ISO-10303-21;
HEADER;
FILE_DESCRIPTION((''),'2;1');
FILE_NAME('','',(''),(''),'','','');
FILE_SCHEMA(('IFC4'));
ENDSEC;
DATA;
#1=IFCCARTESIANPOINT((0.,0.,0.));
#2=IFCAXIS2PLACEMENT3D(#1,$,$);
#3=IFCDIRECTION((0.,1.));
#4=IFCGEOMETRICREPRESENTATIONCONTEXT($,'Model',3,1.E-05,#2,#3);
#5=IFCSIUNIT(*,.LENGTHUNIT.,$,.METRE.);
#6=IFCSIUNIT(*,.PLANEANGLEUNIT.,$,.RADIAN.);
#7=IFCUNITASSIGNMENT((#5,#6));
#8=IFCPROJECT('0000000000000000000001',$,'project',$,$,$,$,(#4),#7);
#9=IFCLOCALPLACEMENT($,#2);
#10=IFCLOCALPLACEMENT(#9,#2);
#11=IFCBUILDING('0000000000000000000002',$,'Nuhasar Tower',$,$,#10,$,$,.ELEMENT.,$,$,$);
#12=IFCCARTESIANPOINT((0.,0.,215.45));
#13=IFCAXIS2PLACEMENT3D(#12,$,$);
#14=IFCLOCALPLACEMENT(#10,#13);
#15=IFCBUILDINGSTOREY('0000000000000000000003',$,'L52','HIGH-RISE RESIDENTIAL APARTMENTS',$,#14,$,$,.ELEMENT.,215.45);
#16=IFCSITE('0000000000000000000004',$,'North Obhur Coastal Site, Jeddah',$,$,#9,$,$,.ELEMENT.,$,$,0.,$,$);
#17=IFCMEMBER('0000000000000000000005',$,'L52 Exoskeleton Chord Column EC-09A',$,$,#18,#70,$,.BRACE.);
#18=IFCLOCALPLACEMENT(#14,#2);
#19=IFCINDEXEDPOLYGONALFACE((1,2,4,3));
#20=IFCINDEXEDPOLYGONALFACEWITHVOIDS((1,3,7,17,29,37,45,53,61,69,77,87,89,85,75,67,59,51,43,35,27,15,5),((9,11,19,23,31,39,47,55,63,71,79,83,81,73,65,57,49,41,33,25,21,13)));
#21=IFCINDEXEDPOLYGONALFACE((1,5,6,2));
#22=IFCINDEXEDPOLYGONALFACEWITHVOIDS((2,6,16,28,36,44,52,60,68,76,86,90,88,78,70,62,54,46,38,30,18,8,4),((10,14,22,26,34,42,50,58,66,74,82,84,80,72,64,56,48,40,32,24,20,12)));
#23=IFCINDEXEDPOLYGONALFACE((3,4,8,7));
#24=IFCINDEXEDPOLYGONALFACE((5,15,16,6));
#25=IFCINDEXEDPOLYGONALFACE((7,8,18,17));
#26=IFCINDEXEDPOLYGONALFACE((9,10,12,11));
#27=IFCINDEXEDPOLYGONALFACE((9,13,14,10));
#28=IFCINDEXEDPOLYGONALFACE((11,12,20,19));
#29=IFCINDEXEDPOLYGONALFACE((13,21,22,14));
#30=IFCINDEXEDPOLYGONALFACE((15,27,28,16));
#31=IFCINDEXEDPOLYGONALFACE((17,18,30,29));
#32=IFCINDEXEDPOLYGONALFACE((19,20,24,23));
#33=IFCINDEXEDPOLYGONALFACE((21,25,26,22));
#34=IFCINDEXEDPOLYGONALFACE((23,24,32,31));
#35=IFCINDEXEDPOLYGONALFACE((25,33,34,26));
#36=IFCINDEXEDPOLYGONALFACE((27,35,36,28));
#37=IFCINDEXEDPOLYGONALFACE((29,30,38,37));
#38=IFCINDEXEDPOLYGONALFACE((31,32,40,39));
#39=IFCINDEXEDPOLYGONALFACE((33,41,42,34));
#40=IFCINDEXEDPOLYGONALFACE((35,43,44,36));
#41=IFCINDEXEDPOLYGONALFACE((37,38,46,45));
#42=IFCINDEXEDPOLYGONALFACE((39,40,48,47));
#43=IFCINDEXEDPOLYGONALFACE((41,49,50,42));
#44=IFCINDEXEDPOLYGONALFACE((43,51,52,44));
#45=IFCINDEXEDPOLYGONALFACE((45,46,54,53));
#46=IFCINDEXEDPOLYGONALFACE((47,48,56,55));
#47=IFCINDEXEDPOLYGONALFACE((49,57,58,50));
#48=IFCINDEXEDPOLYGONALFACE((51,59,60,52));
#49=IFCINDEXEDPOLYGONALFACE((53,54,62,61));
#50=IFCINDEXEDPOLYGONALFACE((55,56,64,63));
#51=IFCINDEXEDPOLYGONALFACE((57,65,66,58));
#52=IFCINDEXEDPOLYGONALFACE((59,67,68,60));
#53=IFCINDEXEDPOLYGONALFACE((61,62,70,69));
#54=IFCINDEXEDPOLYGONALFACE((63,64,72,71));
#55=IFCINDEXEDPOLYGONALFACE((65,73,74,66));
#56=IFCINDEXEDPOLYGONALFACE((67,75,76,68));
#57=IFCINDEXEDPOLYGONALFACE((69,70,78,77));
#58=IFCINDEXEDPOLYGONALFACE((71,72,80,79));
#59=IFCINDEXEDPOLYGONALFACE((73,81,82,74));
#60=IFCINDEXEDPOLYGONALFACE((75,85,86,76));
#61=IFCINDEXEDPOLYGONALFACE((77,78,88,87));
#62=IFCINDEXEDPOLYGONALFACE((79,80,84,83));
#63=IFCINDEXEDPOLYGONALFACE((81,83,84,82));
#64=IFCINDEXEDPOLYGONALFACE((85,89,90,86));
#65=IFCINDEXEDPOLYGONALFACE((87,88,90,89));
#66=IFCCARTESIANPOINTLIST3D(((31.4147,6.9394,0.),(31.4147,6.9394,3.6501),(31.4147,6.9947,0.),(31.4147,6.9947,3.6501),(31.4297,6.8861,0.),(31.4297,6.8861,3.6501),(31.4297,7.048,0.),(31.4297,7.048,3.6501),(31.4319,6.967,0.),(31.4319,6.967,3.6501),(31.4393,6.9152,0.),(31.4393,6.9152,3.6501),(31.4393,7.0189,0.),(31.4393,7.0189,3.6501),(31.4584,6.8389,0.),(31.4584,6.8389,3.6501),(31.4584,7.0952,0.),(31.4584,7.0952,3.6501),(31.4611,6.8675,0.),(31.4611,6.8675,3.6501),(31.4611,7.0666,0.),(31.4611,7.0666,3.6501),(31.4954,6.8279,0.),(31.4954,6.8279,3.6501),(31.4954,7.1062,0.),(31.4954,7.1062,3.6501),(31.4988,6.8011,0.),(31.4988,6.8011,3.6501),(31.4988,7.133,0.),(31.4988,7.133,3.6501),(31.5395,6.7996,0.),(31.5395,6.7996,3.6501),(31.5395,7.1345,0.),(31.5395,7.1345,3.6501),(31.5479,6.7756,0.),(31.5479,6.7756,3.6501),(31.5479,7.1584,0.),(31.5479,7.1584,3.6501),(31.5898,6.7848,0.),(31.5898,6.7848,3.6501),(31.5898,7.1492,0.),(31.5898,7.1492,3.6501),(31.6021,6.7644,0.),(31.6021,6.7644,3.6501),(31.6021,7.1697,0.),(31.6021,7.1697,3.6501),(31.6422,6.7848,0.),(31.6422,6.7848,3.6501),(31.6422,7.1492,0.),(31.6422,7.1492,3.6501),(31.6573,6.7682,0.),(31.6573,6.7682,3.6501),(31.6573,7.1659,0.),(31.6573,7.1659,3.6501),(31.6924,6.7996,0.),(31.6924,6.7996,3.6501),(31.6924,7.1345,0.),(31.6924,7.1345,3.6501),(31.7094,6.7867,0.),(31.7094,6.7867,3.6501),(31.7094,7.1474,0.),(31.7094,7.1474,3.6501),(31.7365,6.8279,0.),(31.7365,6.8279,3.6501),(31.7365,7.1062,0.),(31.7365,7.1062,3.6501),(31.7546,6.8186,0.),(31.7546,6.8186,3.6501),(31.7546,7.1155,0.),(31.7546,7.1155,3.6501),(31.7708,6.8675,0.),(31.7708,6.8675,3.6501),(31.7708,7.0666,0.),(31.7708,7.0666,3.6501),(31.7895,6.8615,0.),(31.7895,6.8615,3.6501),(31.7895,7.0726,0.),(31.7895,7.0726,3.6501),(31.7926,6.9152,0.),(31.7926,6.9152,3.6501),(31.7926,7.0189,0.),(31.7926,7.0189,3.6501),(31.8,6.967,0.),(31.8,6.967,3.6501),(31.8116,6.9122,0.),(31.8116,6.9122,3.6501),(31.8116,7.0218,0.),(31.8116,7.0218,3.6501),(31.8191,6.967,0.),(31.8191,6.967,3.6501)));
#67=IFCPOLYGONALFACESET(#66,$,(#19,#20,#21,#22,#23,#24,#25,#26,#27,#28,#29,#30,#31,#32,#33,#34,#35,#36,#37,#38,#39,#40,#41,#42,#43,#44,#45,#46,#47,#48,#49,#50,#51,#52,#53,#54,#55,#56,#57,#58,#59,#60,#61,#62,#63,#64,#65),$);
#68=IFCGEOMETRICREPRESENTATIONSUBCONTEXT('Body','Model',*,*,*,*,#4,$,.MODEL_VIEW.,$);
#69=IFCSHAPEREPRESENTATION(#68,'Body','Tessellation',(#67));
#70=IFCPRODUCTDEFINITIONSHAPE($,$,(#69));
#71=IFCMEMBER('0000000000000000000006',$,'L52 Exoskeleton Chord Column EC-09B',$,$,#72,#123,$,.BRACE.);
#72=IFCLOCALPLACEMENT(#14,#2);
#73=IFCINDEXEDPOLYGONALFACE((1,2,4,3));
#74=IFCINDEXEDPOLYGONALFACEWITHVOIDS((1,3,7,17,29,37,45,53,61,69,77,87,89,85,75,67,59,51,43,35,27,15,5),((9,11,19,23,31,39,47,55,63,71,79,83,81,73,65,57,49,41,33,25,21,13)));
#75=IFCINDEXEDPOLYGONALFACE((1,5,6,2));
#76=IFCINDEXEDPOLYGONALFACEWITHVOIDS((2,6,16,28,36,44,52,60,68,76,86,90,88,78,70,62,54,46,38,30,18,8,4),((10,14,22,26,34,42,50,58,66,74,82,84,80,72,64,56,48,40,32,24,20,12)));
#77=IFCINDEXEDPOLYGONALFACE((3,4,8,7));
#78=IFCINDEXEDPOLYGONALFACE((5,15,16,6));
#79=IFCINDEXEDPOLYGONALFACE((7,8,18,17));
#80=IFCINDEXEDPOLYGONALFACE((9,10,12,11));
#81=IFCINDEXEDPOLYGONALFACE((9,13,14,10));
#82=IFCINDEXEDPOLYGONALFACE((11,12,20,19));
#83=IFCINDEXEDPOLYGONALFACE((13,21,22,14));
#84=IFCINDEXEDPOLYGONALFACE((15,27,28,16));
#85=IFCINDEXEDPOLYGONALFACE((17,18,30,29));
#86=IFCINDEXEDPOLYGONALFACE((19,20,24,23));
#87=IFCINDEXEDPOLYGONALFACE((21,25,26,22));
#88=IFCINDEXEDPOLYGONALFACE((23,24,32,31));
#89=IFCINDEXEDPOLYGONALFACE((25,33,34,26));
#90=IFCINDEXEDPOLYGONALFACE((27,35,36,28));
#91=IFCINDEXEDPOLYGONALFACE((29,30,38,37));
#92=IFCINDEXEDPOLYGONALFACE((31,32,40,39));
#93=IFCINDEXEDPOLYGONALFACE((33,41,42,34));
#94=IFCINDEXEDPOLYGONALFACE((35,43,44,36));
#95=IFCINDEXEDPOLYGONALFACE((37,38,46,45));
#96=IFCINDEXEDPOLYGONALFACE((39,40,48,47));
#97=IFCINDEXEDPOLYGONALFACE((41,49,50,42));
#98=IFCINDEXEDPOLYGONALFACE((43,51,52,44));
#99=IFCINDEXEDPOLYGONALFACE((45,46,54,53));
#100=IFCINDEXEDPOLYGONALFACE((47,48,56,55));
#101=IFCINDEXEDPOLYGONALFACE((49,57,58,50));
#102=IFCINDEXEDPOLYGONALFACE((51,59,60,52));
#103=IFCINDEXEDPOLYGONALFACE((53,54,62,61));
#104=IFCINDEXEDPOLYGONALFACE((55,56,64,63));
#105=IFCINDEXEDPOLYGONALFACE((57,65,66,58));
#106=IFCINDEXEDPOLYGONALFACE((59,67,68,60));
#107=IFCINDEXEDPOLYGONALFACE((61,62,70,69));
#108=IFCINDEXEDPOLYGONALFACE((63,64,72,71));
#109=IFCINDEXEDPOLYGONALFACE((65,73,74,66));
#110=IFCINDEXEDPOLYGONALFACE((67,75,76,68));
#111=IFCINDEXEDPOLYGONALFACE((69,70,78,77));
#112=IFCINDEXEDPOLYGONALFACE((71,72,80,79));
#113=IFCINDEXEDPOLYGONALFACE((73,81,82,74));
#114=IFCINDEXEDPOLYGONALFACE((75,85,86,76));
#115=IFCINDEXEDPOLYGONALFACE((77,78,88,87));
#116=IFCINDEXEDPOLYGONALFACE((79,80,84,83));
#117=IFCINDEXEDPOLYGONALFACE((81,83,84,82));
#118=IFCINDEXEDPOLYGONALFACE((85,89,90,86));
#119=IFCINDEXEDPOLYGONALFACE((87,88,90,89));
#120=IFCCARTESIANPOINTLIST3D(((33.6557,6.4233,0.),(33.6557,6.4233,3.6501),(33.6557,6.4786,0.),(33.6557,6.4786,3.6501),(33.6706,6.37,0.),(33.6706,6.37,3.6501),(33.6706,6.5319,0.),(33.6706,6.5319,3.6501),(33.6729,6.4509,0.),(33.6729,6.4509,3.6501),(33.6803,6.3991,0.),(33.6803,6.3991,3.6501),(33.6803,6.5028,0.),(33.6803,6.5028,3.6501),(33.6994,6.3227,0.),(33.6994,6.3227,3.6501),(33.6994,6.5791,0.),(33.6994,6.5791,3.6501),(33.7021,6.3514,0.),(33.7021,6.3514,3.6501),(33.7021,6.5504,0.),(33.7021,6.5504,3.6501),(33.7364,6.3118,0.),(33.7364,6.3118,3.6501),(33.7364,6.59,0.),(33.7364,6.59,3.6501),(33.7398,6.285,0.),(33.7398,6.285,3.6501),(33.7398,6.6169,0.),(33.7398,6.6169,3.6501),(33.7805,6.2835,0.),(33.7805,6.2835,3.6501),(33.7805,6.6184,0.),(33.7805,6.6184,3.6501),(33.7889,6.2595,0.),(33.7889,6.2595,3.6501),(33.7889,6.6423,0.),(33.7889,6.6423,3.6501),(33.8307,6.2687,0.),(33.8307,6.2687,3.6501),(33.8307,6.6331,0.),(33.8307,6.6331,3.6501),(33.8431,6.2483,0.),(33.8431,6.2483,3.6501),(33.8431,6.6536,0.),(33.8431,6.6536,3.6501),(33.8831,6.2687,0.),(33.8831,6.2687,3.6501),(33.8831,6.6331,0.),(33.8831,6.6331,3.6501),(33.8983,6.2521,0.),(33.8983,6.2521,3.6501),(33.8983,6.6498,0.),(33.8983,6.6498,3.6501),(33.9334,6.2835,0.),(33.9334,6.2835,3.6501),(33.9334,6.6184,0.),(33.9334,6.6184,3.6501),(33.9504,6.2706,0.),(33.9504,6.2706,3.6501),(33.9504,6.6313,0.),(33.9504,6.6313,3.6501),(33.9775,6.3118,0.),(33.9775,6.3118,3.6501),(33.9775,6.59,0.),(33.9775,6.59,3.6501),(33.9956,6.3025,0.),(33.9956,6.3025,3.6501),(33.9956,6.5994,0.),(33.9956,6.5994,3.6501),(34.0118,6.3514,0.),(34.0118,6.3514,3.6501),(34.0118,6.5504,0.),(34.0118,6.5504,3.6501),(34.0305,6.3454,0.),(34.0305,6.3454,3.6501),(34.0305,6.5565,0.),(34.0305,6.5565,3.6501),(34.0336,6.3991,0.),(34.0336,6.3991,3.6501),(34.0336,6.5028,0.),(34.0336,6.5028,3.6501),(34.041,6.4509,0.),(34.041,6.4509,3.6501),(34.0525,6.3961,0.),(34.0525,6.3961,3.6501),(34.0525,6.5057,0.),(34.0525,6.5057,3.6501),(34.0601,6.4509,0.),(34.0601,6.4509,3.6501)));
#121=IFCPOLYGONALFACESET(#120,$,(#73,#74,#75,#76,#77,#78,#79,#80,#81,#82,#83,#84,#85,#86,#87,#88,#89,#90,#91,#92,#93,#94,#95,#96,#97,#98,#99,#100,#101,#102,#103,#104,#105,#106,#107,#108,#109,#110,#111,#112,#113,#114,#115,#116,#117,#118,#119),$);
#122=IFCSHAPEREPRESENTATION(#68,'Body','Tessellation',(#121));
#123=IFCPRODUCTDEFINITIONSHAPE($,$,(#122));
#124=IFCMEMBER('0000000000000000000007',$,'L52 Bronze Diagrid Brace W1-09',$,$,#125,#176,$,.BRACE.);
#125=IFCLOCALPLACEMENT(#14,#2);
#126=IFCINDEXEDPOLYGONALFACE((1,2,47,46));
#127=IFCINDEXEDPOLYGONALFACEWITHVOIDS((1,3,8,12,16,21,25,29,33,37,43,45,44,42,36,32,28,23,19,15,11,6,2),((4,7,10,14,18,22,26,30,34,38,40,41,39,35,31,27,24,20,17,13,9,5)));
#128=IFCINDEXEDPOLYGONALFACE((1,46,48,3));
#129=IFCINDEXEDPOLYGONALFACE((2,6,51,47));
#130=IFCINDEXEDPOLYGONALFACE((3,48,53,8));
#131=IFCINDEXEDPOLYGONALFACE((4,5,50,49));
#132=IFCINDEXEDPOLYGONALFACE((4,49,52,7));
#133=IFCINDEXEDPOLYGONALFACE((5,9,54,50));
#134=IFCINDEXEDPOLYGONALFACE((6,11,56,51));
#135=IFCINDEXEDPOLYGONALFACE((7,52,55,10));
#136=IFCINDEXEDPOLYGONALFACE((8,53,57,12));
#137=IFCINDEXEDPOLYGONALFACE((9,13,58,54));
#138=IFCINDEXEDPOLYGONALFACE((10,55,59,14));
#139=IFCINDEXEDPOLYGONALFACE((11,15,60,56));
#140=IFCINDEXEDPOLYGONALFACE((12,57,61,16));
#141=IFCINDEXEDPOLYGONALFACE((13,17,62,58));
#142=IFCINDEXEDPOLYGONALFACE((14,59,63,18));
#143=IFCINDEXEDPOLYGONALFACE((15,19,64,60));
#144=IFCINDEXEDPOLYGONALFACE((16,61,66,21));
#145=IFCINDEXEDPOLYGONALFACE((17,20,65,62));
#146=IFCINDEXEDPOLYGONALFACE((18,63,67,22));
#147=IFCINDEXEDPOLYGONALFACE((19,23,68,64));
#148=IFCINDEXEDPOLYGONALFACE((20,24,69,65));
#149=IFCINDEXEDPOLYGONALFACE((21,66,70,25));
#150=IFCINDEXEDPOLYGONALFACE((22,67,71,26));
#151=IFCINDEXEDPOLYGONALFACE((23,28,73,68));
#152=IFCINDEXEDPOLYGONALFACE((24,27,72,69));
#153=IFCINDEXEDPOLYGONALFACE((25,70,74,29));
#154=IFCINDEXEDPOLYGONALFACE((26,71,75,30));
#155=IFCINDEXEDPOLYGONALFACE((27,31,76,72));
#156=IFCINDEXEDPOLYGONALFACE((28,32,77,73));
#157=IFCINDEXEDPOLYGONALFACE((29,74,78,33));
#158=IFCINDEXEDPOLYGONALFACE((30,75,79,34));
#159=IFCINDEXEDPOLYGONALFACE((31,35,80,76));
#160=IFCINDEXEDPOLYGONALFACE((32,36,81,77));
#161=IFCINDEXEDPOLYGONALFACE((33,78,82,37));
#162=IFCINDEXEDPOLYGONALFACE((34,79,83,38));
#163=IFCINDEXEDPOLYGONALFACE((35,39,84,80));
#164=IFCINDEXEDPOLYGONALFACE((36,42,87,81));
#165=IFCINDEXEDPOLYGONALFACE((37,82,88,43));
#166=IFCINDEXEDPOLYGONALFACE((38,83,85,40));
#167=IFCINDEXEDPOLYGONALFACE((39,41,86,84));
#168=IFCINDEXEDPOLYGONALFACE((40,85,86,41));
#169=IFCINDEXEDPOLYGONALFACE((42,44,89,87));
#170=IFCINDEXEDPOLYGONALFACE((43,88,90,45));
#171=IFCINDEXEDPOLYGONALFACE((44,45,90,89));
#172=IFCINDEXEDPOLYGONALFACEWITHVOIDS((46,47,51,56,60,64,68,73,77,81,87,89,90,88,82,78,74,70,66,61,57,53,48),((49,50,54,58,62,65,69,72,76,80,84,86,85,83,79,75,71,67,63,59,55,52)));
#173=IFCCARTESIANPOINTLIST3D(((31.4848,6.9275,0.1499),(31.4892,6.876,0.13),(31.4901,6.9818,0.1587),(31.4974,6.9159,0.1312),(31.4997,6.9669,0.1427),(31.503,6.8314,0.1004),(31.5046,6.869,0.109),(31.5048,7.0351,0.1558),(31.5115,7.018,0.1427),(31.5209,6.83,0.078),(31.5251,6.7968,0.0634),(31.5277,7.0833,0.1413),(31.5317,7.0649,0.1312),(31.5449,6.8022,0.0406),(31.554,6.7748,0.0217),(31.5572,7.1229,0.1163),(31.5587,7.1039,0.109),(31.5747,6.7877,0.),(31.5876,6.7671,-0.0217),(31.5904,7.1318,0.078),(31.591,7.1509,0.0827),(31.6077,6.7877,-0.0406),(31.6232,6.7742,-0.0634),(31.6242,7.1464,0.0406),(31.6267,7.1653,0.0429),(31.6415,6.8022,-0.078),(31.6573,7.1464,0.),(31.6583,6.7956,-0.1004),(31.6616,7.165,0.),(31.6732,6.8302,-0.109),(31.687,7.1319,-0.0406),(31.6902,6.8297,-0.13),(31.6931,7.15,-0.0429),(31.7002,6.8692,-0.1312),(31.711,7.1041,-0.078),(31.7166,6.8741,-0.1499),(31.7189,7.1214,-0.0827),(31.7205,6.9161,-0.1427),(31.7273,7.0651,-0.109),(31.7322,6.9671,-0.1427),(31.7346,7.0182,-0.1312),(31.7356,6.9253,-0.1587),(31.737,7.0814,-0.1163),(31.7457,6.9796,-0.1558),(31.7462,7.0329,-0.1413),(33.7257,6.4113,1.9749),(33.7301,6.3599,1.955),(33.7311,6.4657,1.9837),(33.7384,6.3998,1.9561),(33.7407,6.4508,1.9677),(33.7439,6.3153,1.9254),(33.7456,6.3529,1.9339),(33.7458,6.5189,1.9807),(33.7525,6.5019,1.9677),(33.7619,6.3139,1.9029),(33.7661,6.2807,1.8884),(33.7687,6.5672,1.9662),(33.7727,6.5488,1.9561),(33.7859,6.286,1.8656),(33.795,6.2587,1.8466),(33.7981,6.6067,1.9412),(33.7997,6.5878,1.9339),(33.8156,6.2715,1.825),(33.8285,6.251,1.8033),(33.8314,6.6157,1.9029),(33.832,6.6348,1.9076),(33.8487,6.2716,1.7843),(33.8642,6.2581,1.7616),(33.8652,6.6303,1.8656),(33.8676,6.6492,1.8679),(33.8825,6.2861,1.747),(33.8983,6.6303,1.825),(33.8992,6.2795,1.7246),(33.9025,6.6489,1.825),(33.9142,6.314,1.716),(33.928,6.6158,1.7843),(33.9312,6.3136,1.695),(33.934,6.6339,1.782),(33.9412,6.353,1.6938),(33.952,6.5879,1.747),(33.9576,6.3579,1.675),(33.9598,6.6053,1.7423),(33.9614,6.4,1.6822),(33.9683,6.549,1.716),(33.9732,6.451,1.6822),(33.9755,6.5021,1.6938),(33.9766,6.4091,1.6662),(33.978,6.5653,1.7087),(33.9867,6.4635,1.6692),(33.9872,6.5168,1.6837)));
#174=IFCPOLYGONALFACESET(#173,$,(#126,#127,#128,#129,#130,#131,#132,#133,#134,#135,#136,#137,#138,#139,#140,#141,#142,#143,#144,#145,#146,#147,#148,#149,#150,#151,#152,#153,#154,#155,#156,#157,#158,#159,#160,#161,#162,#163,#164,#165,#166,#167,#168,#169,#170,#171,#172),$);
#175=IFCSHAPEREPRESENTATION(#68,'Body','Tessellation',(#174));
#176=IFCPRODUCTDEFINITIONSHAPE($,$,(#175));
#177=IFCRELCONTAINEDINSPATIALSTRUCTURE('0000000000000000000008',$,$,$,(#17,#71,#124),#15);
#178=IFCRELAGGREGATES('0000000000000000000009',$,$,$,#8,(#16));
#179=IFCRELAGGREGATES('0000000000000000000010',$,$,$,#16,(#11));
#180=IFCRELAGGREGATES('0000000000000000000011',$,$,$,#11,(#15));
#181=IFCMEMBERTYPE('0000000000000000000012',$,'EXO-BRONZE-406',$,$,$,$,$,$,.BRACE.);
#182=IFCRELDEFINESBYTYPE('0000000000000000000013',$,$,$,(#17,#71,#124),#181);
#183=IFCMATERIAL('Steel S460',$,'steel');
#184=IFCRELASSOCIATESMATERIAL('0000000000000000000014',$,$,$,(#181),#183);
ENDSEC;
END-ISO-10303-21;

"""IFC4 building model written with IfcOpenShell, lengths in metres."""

from ifc_helpers import new_model, si_unit, direction, frame, origin, origin_2d, place, context, subcontext, project, spatial, hollow_circle, extrude, material, material_profile, profile_set, type_object, element, save


model = new_model("IFC4")

# Units and contexts
model_context = context("Model", 3, precision=1e-05, world=origin(), true_north=direction((0.0, 1.0)))
body_context = subcontext(model_context, "Body", "Model", "MODEL_VIEW")
ifc_project = project(units=[si_unit("LENGTHUNIT", "METRE"), si_unit("PLANEANGLEUNIT", "RADIAN")], contexts=[model_context])

# Site, building, storey
site_placement = place(None, origin())
site = spatial("IfcSite", under=ifc_project, at=site_placement, Name="North Obhur Coastal Site, Jeddah", CompositionType="ELEMENT", RefElevation=0.0)
building_placement = place(site_placement, origin())
building = spatial("IfcBuilding", under=site, at=building_placement, Name="Nuhasar Tower", CompositionType="ELEMENT")
storey_placement = place(building_placement, frame((0.0, 0.0, 215.45)))
storey = spatial("IfcBuildingStorey", under=building, at=storey_placement, Name="L52", Description="HIGH-RISE RESIDENTIAL APARTMENTS", CompositionType="ELEMENT", Elevation=215.45)

# Members
ifc_material_1 = material(Name="Steel S460", Category="steel")
ifc_material_profile_1 = material_profile(ifc_material_1, hollow_circle(Radius=0.2031, WallThickness=0.019, at=origin_2d()), Name="HSS406.4X19.1")
ifc_profile_set_1 = profile_set([ifc_material_profile_1], Name="Steel S460")
member_type = type_object("IfcMemberType", Name="EXO-BRONZE-406", PredefinedType="BRACE", material=ifc_profile_set_1)
for number, where, z_axis, x_axis, name in (
    (1, (31.616, 6.967, 0.0), (0.0, 0.0, 1.0), (1.0, 0.0, 0.0), "L52 Exoskeleton Chord Column EC-09A"),
    (2, (33.8569, 6.4509, 0.0), (0.0, 0.0, 1.0), (1.0, 0.0, 0.0), "L52 Exoskeleton Chord Column EC-09B"),
):
    element("IfcMember", number, at=place(storey_placement, frame(where, z_axis=z_axis, x_axis=x_axis)), inside=storey, type_object=member_type, Name=name, PredefinedType="BRACE", context=body_context, shape_type="SweptSolid", body=[
        extrude(hollow_circle(Radius=0.2031, WallThickness=0.019, at=origin_2d()), origin(), (0.0, 0.0, 1.0), 3.6501),
    ])
member_1_placement = place(storey_placement, frame((31.616, 6.967, 0.0), z_axis=(0.763332, -0.175802, 0.621626), x_axis=(0.224433, 0.97449, 0.0)))
element("IfcMember", 3, at=member_1_placement, inside=storey, type_object=member_type, Name="L52 Bronze Diagrid Brace W1-09", PredefinedType="BRACE", context=body_context, shape_type="SweptSolid", body=[
    extrude(hollow_circle(Radius=0.2031, WallThickness=0.019, at=origin_2d()), origin(), (0.0, 0.0, 1.0), 2.9358),
])

save(model, "model.ifc")
